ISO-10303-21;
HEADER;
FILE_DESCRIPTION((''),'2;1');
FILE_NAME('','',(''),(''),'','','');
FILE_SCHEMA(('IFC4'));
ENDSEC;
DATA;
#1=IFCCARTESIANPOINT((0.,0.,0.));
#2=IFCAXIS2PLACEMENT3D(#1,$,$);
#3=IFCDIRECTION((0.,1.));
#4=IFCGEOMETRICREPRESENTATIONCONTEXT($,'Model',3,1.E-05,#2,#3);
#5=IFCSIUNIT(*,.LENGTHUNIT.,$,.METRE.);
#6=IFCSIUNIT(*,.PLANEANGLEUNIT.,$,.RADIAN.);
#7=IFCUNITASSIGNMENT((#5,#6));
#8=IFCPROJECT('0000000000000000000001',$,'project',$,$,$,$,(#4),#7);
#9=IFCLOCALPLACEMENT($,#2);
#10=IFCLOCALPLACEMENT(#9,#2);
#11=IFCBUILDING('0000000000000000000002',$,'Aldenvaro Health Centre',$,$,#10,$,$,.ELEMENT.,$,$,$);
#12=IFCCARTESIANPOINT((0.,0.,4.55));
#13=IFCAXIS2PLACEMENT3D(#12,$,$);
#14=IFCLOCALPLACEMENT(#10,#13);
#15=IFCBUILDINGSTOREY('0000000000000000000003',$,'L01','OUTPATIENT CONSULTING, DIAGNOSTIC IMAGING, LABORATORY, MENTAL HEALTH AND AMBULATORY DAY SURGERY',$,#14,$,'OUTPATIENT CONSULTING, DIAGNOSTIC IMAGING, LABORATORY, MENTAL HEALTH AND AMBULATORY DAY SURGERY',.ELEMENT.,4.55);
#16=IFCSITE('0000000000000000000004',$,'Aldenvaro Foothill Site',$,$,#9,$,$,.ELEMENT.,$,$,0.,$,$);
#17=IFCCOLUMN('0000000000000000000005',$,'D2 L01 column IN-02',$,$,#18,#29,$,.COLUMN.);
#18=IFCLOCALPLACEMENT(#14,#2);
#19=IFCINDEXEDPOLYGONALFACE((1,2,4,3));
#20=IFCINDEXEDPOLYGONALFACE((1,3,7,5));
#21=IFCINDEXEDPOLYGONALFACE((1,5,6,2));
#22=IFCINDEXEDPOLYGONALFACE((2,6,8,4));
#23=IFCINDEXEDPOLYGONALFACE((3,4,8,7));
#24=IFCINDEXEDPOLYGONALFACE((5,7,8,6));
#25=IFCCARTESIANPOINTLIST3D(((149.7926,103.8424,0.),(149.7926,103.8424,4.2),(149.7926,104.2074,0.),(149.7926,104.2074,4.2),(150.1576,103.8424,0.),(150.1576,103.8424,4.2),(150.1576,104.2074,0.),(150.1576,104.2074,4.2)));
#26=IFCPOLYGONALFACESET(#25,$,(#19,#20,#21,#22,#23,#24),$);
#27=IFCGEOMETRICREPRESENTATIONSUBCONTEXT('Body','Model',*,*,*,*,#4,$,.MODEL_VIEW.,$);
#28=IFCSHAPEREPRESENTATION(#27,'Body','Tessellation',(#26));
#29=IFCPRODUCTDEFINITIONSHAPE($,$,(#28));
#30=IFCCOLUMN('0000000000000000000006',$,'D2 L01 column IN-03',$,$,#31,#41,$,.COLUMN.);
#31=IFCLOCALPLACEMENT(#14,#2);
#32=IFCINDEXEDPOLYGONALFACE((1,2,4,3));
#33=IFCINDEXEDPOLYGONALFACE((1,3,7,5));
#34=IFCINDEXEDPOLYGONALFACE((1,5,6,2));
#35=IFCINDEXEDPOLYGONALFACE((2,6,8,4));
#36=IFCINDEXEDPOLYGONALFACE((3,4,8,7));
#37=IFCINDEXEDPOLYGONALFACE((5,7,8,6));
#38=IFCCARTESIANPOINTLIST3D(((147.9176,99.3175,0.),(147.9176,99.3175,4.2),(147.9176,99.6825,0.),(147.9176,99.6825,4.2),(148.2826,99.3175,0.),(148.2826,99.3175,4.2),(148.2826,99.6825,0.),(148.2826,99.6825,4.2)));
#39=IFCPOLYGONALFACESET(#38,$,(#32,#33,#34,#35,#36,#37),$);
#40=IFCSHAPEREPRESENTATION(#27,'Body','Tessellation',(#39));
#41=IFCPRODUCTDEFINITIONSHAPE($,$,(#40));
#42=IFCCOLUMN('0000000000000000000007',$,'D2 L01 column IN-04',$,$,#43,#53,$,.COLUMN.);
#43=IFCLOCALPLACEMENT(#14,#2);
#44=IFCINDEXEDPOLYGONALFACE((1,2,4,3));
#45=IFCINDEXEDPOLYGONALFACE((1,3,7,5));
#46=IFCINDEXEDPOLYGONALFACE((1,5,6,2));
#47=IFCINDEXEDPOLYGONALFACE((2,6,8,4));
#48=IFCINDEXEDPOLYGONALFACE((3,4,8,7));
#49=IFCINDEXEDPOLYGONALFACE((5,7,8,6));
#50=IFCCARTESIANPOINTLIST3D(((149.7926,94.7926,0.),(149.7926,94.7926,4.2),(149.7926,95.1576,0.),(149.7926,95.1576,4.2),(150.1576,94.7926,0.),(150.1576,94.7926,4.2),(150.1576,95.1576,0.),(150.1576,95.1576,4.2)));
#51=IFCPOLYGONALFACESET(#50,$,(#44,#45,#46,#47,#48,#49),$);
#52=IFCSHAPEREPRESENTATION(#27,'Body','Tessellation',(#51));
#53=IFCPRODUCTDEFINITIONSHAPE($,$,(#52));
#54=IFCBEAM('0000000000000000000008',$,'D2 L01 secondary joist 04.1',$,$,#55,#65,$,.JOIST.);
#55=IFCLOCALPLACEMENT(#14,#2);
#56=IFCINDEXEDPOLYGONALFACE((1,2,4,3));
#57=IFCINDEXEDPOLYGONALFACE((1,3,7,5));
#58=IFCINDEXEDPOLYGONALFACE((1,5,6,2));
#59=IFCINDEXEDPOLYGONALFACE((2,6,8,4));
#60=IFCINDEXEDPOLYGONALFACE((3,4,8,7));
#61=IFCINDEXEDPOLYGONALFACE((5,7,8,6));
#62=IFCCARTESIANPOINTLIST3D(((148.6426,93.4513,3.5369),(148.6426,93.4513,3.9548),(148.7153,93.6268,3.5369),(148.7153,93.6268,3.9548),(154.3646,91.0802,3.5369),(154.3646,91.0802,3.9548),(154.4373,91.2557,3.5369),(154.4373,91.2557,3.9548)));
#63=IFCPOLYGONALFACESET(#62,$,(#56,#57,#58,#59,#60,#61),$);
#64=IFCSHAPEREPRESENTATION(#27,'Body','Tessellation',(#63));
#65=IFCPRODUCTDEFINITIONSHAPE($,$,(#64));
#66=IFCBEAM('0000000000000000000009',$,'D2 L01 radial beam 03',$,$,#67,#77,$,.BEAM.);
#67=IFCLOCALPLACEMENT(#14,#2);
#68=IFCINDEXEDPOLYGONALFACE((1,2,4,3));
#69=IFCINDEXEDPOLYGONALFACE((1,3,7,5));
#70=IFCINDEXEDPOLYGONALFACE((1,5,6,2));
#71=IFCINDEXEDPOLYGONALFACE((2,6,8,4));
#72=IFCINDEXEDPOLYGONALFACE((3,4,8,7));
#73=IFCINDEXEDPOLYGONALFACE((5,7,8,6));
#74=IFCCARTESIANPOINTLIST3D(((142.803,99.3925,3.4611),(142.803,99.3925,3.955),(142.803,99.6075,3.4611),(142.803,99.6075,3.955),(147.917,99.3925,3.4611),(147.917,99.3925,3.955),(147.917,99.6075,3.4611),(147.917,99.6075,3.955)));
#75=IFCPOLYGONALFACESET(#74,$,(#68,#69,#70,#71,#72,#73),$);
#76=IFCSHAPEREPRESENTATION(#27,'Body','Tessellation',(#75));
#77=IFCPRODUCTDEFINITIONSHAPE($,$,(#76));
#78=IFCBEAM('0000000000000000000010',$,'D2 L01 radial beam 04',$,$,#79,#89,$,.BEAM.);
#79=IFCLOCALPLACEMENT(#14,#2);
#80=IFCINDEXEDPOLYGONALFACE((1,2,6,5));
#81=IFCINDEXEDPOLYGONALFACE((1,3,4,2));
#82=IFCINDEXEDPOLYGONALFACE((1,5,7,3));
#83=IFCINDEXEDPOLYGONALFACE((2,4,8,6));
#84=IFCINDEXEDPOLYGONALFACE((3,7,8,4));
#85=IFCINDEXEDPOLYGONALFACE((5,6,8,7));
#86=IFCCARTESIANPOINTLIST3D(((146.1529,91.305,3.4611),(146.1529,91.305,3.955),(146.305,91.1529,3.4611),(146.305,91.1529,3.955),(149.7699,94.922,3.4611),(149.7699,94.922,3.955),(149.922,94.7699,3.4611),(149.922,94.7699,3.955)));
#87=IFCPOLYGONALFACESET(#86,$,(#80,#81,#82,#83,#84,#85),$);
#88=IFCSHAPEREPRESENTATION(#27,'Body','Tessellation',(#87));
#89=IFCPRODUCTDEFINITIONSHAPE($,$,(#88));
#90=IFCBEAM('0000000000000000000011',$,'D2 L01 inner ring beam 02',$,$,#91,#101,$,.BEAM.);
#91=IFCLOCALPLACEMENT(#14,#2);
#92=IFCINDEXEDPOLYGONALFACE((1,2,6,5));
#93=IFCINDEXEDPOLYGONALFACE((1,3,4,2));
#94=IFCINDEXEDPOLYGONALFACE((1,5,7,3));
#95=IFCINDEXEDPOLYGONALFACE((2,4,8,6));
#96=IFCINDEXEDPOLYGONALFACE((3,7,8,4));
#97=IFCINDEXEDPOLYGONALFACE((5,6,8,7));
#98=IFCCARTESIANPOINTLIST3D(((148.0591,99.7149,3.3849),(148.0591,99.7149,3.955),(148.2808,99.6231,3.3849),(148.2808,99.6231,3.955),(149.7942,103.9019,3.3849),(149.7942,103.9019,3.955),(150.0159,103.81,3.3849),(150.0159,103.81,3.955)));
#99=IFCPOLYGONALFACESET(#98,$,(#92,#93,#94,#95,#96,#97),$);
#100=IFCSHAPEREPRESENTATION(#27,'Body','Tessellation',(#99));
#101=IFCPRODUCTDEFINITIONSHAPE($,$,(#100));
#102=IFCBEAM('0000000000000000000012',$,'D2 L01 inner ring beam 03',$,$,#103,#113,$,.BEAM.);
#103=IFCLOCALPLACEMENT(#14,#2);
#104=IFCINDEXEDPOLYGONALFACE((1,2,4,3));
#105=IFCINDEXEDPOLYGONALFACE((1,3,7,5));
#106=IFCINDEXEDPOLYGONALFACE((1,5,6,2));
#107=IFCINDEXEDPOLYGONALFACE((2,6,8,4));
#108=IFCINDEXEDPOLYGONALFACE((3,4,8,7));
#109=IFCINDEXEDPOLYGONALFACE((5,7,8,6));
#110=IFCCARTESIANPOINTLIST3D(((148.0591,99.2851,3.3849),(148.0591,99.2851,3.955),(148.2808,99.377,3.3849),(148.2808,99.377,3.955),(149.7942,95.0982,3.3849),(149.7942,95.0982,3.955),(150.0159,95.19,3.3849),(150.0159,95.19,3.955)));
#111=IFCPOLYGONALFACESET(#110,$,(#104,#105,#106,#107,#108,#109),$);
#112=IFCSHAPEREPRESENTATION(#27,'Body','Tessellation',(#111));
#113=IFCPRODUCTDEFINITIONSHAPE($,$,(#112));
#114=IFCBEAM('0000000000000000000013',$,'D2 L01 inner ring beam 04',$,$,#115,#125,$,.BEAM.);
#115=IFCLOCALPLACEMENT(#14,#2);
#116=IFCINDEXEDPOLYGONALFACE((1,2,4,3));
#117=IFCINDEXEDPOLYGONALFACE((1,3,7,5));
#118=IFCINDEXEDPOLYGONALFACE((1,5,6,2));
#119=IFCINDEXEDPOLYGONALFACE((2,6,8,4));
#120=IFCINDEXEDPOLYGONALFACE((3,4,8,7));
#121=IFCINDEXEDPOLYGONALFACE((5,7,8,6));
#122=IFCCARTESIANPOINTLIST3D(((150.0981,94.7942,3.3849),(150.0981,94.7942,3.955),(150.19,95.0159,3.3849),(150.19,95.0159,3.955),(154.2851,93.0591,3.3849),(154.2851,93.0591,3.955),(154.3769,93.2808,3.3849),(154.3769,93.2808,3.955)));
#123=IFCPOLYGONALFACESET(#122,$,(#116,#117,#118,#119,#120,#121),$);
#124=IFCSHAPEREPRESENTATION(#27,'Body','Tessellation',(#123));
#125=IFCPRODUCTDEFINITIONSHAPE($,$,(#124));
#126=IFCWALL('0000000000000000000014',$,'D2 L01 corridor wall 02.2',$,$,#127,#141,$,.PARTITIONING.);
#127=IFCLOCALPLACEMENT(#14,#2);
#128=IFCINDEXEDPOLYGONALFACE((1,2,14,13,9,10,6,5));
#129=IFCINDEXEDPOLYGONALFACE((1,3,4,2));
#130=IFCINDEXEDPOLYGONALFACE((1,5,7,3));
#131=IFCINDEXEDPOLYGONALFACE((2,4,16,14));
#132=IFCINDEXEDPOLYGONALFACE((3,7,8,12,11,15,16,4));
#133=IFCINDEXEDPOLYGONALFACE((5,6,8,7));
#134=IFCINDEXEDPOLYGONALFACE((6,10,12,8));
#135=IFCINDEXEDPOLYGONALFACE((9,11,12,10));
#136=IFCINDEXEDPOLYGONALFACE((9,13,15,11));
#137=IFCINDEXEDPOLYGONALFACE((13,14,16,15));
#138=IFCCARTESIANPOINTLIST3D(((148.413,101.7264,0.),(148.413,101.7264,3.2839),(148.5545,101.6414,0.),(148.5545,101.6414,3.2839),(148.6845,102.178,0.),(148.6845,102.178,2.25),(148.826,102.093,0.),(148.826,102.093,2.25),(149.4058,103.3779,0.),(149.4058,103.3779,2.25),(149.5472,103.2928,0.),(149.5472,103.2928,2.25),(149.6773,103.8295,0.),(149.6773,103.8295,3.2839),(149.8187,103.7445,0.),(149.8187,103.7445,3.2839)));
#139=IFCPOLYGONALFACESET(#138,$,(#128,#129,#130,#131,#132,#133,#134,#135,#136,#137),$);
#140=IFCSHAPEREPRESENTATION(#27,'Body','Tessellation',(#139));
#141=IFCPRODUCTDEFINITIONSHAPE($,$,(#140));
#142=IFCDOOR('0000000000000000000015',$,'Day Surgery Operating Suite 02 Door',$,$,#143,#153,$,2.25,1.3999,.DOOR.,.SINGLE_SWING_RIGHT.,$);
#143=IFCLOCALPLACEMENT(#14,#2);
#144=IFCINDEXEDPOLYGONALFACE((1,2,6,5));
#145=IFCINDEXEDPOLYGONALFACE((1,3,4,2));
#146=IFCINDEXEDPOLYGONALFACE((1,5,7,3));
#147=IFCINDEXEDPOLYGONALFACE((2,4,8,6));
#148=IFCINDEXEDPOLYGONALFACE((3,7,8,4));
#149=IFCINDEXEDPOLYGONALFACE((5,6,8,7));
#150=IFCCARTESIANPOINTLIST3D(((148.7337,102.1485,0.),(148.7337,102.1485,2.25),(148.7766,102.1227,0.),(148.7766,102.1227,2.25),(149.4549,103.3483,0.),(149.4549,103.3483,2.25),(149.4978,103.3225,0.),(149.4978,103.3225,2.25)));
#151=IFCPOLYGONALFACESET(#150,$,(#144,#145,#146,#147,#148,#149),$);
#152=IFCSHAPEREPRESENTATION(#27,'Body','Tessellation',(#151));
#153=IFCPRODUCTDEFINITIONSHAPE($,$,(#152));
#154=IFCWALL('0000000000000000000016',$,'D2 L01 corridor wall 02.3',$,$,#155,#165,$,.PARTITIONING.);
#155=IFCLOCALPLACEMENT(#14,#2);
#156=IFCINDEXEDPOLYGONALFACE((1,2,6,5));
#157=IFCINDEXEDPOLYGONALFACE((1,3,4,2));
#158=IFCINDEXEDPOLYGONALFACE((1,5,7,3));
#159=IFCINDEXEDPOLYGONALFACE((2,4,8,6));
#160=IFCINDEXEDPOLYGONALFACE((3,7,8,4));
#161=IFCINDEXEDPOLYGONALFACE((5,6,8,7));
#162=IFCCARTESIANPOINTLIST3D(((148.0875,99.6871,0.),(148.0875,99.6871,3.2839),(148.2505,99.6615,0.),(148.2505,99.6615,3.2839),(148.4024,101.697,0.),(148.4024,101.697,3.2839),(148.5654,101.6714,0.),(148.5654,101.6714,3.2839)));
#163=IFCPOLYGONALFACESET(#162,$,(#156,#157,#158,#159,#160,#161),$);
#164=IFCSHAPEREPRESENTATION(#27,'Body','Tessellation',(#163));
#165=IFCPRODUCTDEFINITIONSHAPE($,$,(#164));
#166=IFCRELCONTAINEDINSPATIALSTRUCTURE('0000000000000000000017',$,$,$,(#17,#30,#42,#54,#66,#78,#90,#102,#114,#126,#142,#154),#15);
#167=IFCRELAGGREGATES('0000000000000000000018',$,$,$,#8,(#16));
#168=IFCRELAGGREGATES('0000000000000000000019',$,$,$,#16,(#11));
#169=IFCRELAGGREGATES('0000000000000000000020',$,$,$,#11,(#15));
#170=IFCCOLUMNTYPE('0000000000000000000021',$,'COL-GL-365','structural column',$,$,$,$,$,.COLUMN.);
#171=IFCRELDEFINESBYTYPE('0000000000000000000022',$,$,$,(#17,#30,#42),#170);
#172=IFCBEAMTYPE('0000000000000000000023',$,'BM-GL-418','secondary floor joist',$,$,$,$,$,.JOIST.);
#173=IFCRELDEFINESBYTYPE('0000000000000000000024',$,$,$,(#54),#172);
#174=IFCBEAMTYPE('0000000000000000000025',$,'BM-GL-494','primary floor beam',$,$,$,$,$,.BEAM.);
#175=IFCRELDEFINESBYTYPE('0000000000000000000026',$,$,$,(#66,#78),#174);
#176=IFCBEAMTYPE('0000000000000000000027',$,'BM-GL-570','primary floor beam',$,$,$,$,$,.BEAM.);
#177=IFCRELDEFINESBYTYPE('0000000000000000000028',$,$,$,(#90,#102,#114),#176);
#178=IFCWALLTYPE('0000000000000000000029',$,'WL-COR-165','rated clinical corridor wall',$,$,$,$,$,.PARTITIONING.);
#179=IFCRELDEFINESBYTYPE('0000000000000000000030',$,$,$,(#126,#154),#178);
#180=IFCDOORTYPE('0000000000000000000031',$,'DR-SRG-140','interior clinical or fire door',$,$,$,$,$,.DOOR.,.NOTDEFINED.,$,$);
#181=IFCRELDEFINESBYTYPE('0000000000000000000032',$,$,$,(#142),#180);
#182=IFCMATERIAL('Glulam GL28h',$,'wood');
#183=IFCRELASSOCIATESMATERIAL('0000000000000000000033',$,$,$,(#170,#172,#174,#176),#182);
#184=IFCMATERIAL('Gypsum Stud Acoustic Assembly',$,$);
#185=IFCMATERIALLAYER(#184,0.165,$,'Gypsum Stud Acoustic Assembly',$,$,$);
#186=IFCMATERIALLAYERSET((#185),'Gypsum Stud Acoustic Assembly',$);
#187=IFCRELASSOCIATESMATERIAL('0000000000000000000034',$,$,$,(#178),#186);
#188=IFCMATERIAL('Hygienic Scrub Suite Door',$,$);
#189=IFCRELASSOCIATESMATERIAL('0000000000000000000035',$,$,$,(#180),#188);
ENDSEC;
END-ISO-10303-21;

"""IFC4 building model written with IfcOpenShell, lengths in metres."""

from ifc_helpers import new_model, si_unit, direction, frame, frame_2d, origin, origin_2d, place, context, subcontext, project, spatial, rectangle, extrude, material, layer, layer_set, material_profile, profile_set, type_object, element, fill, save


model = new_model("IFC4")

# Units and contexts
model_context = context("Model", 3, precision=1e-05, world=origin(), true_north=direction((0.0, 1.0)))
body_context = subcontext(model_context, "Body", "Model", "MODEL_VIEW")
ifc_project = project(units=[si_unit("LENGTHUNIT", "METRE"), si_unit("PLANEANGLEUNIT", "RADIAN")], contexts=[model_context])

# Site, building, storey
site_placement = place(None, origin())
site = spatial("IfcSite", under=ifc_project, at=site_placement, Name="Aldenvaro Foothill Site", CompositionType="ELEMENT", RefElevation=0.0)
building_placement = place(site_placement, origin())
building = spatial("IfcBuilding", under=site, at=building_placement, Name="Aldenvaro Health Centre", CompositionType="ELEMENT")
storey_placement = place(building_placement, frame((0.0, 0.0, 4.55)))
storey = spatial("IfcBuildingStorey", under=building, at=storey_placement, Name="L01", Description="OUTPATIENT CONSULTING, DIAGNOSTIC IMAGING, LABORATORY, MENTAL HEALTH AND AMBULATORY DAY SURGERY", LongName="OUTPATIENT CONSULTING, DIAGNOSTIC IMAGING, LABORATORY, MENTAL HEALTH AND AMBULATORY DAY SURGERY", CompositionType="ELEMENT", Elevation=4.55)

# Columns
ifc_material_1 = material(Name="Glulam GL28h", Category="wood")
ifc_material_profile_1 = material_profile(ifc_material_1, rectangle(XDim=0.365, YDim=0.365, at=origin_2d()), Name="GL 365x365", Category="wood")
ifc_profile_set_1 = profile_set([ifc_material_profile_1], Name="Glulam GL28h")
column_type = type_object("IfcColumnType", Name="COL-GL-365", Description="structural column", PredefinedType="COLUMN", material=ifc_profile_set_1)
for number, where, z_axis, x_axis, name in (
    (1, (149.9751, 104.0249, 0.0), (0.0, 0.0, 1.0), (1.0, 0.0, 0.0), "D2 L01 column IN-02"),
    (2, (148.1001, 99.5, 0.0), (0.0, 0.0, 1.0), (1.0, 0.0, 0.0), "D2 L01 column IN-03"),
    (3, (149.9751, 94.9751, 0.0), (0.0, 0.0, 1.0), (1.0, 0.0, 0.0), "D2 L01 column IN-04"),
):
    element("IfcColumn", number, at=place(storey_placement, frame(where, z_axis=z_axis, x_axis=x_axis)), inside=storey, type_object=column_type, Name=name, PredefinedType="COLUMN", context=body_context, shape_type="SweptSolid", body=[
        extrude(rectangle(XDim=0.365, YDim=0.365, at=origin_2d()), origin(), (0.0, 0.0, 1.0), 4.2),
    ])

# Beams
ifc_material_profile_2 = material_profile(ifc_material_1, rectangle(XDim=0.1899, YDim=0.418, at=origin_2d()), Name="GL 190x418", Category="wood")
ifc_profile_set_2 = profile_set([ifc_material_profile_2], Name="Glulam GL28h")
beam_type_1 = type_object("IfcBeamType", Name="BM-GL-418", Description="secondary floor joist", PredefinedType="JOIST", material=ifc_profile_set_2)
beam_1_placement = place(storey_placement, frame((148.679, 93.5391, 3.7458), z_axis=(0.923823, -0.382821, 0.0), x_axis=(0.382821, 0.923823, 0.0)))
element("IfcBeam", 4, at=beam_1_placement, inside=storey, type_object=beam_type_1, Name="D2 L01 secondary joist 04.1", PredefinedType="JOIST", context=body_context, shape_type="SweptSolid", body=[
    extrude(rectangle(XDim=0.1899, YDim=0.418, at=origin_2d()), origin(), (0.0, 0.0, 1.0), 6.1938),
])
ifc_material_profile_3 = material_profile(ifc_material_1, rectangle(XDim=0.2151, YDim=0.4939, at=origin_2d()), Name="GL 215x494", Category="wood")
ifc_profile_set_3 = profile_set([ifc_material_profile_3], Name="Glulam GL28h")
beam_type_2 = type_object("IfcBeamType", Name="BM-GL-494", Description="primary floor beam", PredefinedType="BEAM", material=ifc_profile_set_3)
beam_2_placement = place(storey_placement, frame((147.917, 99.5, 3.708), z_axis=(-1.0, 0.0, 0.0), x_axis=(0.0, -1.0, 0.0)))
element("IfcBeam", 5, at=beam_2_placement, inside=storey, type_object=beam_type_2, Name="D2 L01 radial beam 03", PredefinedType="BEAM", context=body_context, shape_type="SweptSolid", body=[
    extrude(rectangle(XDim=0.2151, YDim=0.4939, at=origin_2d()), origin(), (0.0, 0.0, 1.0), 5.114),
])
beam_3_placement = place(storey_placement, frame((149.8459, 94.8459, 3.708), z_axis=(-0.707107, -0.707107, 0.0), x_axis=(0.707107, -0.707107, 0.0)))
element("IfcBeam", 6, at=beam_3_placement, inside=storey, type_object=beam_type_2, Name="D2 L01 radial beam 04", PredefinedType="BEAM", context=body_context, shape_type="SweptSolid", body=[
    extrude(rectangle(XDim=0.2151, YDim=0.4939, at=origin_2d()), origin(), (0.0, 0.0, 1.0), 5.1152),
])
ifc_material_profile_4 = material_profile(ifc_material_1, rectangle(XDim=0.24, YDim=0.5701, at=origin_2d()), Name="GL 240x570", Category="wood")
ifc_profile_set_4 = profile_set([ifc_material_profile_4], Name="Glulam GL28h")
beam_type_3 = type_object("IfcBeamType", Name="BM-GL-570", Description="primary floor beam", PredefinedType="BEAM", material=ifc_profile_set_4)
for number, where, z_axis, x_axis, name in (
    (7, (149.905, 103.856, 3.6699), (-0.382832, -0.923818, 0.0), (0.923818, -0.382832, 0.0), "D2 L01 inner ring beam 02"),
    (8, (148.1699, 99.3311, 3.6699), (0.382832, -0.923818, 0.0), (0.923818, 0.382832, 0.0), "D2 L01 inner ring beam 03"),
    (9, (150.144, 94.905, 3.6699), (0.923818, -0.382832, 0.0), (0.382832, 0.923818, 0.0), "D2 L01 inner ring beam 04"),
):
    element("IfcBeam", number, at=place(storey_placement, frame(where, z_axis=z_axis, x_axis=x_axis)), inside=storey, type_object=beam_type_3, Name=name, PredefinedType="BEAM", context=body_context, shape_type="SweptSolid", body=[
        extrude(rectangle(XDim=0.24, YDim=0.5701, at=origin_2d()), origin(), (0.0, 0.0, 1.0), 4.5322),
    ])

# Wall, opening, door
ifc_material_2 = material(Name="Gypsum Stud Acoustic Assembly")
ifc_layer_1 = layer(ifc_material_2, 0.165, Name="Gypsum Stud Acoustic Assembly")
ifc_layer_set_1 = layer_set([ifc_layer_1], Name="Gypsum Stud Acoustic Assembly")
wall_type_1 = type_object("IfcWallType", Name="WL-COR-165", Description="rated clinical corridor wall", PredefinedType="PARTITIONING", material=ifc_layer_set_1)
wall_1_placement = place(storey_placement, frame((149.748, 103.7871, 0.0), z_axis=(0.0, 0.0, 1.0), x_axis=(-0.515198, -0.857071, 0.0)))
wall_1 = element("IfcWall", 10, at=wall_1_placement, inside=storey, type_object=wall_type_1, Name="D2 L01 corridor wall 02.2", PredefinedType="PARTITIONING", context=body_context, shape_type="SweptSolid", body=[
    extrude(rectangle(XDim=2.4539, YDim=0.165, at=frame_2d((1.2271, 0.0))), origin(), (0.0, 0.0, 1.0), 3.2839),
])
opening_1_placement = place(wall_1_placement, frame((0.5271, 0.0, 0.0)))
opening_1 = element("IfcOpeningElement", 11, at=opening_1_placement, cuts=wall_1, PredefinedType="OPENING", context=body_context, shape_type="SweptSolid", body=[
    extrude(rectangle(XDim=1.3999, YDim=2.25, at=frame_2d((0.7, 1.125))), frame((0.0, 0.0925, 0.0), z_axis=(0.0, -1.0, 0.0), x_axis=(1.0, 0.0, 0.0)), (0.0, 0.0, 1.0), 0.1851),
])
ifc_material_3 = material(Name="Hygienic Scrub Suite Door")
door_type_1 = type_object("IfcDoorType", Name="DR-SRG-140", Description="interior clinical or fire door", OperationType="NOTDEFINED", PredefinedType="DOOR", material=ifc_material_3)
door_1_placement = place(opening_1_placement, origin())
door_1 = element("IfcDoor", 12, at=door_1_placement, inside=storey, type_object=door_type_1, Name="Day Surgery Operating Suite 02 Door", OperationType="SINGLE_SWING_RIGHT", OverallHeight=2.25, OverallWidth=1.3999, PredefinedType="DOOR", context=body_context, shape_type="SweptSolid", body=[
    extrude(rectangle(XDim=1.3999, YDim=2.25, at=frame_2d((0.7, 1.125))), frame((0.0, 0.0249, 0.0), z_axis=(0.0, -1.0, 0.0), x_axis=(1.0, 0.0, 0.0)), (0.0, 0.0, 1.0), 0.05),
])
fill(opening_1, door_1)

# Wall
wall_2_placement = place(storey_placement, frame((148.4839, 101.6841, 0.0), z_axis=(0.0, 0.0, 1.0), x_axis=(-0.154798, -0.987946, 0.0)))
element("IfcWall", 13, at=wall_2_placement, inside=storey, type_object=wall_type_1, Name="D2 L01 corridor wall 02.3", PredefinedType="PARTITIONING", context=body_context, shape_type="SweptSolid", body=[
    extrude(rectangle(XDim=2.0344, YDim=0.165, at=frame_2d((1.0171, 0.0))), origin(), (0.0, 0.0, 1.0), 3.2839),
])

save(model, "model.ifc")
